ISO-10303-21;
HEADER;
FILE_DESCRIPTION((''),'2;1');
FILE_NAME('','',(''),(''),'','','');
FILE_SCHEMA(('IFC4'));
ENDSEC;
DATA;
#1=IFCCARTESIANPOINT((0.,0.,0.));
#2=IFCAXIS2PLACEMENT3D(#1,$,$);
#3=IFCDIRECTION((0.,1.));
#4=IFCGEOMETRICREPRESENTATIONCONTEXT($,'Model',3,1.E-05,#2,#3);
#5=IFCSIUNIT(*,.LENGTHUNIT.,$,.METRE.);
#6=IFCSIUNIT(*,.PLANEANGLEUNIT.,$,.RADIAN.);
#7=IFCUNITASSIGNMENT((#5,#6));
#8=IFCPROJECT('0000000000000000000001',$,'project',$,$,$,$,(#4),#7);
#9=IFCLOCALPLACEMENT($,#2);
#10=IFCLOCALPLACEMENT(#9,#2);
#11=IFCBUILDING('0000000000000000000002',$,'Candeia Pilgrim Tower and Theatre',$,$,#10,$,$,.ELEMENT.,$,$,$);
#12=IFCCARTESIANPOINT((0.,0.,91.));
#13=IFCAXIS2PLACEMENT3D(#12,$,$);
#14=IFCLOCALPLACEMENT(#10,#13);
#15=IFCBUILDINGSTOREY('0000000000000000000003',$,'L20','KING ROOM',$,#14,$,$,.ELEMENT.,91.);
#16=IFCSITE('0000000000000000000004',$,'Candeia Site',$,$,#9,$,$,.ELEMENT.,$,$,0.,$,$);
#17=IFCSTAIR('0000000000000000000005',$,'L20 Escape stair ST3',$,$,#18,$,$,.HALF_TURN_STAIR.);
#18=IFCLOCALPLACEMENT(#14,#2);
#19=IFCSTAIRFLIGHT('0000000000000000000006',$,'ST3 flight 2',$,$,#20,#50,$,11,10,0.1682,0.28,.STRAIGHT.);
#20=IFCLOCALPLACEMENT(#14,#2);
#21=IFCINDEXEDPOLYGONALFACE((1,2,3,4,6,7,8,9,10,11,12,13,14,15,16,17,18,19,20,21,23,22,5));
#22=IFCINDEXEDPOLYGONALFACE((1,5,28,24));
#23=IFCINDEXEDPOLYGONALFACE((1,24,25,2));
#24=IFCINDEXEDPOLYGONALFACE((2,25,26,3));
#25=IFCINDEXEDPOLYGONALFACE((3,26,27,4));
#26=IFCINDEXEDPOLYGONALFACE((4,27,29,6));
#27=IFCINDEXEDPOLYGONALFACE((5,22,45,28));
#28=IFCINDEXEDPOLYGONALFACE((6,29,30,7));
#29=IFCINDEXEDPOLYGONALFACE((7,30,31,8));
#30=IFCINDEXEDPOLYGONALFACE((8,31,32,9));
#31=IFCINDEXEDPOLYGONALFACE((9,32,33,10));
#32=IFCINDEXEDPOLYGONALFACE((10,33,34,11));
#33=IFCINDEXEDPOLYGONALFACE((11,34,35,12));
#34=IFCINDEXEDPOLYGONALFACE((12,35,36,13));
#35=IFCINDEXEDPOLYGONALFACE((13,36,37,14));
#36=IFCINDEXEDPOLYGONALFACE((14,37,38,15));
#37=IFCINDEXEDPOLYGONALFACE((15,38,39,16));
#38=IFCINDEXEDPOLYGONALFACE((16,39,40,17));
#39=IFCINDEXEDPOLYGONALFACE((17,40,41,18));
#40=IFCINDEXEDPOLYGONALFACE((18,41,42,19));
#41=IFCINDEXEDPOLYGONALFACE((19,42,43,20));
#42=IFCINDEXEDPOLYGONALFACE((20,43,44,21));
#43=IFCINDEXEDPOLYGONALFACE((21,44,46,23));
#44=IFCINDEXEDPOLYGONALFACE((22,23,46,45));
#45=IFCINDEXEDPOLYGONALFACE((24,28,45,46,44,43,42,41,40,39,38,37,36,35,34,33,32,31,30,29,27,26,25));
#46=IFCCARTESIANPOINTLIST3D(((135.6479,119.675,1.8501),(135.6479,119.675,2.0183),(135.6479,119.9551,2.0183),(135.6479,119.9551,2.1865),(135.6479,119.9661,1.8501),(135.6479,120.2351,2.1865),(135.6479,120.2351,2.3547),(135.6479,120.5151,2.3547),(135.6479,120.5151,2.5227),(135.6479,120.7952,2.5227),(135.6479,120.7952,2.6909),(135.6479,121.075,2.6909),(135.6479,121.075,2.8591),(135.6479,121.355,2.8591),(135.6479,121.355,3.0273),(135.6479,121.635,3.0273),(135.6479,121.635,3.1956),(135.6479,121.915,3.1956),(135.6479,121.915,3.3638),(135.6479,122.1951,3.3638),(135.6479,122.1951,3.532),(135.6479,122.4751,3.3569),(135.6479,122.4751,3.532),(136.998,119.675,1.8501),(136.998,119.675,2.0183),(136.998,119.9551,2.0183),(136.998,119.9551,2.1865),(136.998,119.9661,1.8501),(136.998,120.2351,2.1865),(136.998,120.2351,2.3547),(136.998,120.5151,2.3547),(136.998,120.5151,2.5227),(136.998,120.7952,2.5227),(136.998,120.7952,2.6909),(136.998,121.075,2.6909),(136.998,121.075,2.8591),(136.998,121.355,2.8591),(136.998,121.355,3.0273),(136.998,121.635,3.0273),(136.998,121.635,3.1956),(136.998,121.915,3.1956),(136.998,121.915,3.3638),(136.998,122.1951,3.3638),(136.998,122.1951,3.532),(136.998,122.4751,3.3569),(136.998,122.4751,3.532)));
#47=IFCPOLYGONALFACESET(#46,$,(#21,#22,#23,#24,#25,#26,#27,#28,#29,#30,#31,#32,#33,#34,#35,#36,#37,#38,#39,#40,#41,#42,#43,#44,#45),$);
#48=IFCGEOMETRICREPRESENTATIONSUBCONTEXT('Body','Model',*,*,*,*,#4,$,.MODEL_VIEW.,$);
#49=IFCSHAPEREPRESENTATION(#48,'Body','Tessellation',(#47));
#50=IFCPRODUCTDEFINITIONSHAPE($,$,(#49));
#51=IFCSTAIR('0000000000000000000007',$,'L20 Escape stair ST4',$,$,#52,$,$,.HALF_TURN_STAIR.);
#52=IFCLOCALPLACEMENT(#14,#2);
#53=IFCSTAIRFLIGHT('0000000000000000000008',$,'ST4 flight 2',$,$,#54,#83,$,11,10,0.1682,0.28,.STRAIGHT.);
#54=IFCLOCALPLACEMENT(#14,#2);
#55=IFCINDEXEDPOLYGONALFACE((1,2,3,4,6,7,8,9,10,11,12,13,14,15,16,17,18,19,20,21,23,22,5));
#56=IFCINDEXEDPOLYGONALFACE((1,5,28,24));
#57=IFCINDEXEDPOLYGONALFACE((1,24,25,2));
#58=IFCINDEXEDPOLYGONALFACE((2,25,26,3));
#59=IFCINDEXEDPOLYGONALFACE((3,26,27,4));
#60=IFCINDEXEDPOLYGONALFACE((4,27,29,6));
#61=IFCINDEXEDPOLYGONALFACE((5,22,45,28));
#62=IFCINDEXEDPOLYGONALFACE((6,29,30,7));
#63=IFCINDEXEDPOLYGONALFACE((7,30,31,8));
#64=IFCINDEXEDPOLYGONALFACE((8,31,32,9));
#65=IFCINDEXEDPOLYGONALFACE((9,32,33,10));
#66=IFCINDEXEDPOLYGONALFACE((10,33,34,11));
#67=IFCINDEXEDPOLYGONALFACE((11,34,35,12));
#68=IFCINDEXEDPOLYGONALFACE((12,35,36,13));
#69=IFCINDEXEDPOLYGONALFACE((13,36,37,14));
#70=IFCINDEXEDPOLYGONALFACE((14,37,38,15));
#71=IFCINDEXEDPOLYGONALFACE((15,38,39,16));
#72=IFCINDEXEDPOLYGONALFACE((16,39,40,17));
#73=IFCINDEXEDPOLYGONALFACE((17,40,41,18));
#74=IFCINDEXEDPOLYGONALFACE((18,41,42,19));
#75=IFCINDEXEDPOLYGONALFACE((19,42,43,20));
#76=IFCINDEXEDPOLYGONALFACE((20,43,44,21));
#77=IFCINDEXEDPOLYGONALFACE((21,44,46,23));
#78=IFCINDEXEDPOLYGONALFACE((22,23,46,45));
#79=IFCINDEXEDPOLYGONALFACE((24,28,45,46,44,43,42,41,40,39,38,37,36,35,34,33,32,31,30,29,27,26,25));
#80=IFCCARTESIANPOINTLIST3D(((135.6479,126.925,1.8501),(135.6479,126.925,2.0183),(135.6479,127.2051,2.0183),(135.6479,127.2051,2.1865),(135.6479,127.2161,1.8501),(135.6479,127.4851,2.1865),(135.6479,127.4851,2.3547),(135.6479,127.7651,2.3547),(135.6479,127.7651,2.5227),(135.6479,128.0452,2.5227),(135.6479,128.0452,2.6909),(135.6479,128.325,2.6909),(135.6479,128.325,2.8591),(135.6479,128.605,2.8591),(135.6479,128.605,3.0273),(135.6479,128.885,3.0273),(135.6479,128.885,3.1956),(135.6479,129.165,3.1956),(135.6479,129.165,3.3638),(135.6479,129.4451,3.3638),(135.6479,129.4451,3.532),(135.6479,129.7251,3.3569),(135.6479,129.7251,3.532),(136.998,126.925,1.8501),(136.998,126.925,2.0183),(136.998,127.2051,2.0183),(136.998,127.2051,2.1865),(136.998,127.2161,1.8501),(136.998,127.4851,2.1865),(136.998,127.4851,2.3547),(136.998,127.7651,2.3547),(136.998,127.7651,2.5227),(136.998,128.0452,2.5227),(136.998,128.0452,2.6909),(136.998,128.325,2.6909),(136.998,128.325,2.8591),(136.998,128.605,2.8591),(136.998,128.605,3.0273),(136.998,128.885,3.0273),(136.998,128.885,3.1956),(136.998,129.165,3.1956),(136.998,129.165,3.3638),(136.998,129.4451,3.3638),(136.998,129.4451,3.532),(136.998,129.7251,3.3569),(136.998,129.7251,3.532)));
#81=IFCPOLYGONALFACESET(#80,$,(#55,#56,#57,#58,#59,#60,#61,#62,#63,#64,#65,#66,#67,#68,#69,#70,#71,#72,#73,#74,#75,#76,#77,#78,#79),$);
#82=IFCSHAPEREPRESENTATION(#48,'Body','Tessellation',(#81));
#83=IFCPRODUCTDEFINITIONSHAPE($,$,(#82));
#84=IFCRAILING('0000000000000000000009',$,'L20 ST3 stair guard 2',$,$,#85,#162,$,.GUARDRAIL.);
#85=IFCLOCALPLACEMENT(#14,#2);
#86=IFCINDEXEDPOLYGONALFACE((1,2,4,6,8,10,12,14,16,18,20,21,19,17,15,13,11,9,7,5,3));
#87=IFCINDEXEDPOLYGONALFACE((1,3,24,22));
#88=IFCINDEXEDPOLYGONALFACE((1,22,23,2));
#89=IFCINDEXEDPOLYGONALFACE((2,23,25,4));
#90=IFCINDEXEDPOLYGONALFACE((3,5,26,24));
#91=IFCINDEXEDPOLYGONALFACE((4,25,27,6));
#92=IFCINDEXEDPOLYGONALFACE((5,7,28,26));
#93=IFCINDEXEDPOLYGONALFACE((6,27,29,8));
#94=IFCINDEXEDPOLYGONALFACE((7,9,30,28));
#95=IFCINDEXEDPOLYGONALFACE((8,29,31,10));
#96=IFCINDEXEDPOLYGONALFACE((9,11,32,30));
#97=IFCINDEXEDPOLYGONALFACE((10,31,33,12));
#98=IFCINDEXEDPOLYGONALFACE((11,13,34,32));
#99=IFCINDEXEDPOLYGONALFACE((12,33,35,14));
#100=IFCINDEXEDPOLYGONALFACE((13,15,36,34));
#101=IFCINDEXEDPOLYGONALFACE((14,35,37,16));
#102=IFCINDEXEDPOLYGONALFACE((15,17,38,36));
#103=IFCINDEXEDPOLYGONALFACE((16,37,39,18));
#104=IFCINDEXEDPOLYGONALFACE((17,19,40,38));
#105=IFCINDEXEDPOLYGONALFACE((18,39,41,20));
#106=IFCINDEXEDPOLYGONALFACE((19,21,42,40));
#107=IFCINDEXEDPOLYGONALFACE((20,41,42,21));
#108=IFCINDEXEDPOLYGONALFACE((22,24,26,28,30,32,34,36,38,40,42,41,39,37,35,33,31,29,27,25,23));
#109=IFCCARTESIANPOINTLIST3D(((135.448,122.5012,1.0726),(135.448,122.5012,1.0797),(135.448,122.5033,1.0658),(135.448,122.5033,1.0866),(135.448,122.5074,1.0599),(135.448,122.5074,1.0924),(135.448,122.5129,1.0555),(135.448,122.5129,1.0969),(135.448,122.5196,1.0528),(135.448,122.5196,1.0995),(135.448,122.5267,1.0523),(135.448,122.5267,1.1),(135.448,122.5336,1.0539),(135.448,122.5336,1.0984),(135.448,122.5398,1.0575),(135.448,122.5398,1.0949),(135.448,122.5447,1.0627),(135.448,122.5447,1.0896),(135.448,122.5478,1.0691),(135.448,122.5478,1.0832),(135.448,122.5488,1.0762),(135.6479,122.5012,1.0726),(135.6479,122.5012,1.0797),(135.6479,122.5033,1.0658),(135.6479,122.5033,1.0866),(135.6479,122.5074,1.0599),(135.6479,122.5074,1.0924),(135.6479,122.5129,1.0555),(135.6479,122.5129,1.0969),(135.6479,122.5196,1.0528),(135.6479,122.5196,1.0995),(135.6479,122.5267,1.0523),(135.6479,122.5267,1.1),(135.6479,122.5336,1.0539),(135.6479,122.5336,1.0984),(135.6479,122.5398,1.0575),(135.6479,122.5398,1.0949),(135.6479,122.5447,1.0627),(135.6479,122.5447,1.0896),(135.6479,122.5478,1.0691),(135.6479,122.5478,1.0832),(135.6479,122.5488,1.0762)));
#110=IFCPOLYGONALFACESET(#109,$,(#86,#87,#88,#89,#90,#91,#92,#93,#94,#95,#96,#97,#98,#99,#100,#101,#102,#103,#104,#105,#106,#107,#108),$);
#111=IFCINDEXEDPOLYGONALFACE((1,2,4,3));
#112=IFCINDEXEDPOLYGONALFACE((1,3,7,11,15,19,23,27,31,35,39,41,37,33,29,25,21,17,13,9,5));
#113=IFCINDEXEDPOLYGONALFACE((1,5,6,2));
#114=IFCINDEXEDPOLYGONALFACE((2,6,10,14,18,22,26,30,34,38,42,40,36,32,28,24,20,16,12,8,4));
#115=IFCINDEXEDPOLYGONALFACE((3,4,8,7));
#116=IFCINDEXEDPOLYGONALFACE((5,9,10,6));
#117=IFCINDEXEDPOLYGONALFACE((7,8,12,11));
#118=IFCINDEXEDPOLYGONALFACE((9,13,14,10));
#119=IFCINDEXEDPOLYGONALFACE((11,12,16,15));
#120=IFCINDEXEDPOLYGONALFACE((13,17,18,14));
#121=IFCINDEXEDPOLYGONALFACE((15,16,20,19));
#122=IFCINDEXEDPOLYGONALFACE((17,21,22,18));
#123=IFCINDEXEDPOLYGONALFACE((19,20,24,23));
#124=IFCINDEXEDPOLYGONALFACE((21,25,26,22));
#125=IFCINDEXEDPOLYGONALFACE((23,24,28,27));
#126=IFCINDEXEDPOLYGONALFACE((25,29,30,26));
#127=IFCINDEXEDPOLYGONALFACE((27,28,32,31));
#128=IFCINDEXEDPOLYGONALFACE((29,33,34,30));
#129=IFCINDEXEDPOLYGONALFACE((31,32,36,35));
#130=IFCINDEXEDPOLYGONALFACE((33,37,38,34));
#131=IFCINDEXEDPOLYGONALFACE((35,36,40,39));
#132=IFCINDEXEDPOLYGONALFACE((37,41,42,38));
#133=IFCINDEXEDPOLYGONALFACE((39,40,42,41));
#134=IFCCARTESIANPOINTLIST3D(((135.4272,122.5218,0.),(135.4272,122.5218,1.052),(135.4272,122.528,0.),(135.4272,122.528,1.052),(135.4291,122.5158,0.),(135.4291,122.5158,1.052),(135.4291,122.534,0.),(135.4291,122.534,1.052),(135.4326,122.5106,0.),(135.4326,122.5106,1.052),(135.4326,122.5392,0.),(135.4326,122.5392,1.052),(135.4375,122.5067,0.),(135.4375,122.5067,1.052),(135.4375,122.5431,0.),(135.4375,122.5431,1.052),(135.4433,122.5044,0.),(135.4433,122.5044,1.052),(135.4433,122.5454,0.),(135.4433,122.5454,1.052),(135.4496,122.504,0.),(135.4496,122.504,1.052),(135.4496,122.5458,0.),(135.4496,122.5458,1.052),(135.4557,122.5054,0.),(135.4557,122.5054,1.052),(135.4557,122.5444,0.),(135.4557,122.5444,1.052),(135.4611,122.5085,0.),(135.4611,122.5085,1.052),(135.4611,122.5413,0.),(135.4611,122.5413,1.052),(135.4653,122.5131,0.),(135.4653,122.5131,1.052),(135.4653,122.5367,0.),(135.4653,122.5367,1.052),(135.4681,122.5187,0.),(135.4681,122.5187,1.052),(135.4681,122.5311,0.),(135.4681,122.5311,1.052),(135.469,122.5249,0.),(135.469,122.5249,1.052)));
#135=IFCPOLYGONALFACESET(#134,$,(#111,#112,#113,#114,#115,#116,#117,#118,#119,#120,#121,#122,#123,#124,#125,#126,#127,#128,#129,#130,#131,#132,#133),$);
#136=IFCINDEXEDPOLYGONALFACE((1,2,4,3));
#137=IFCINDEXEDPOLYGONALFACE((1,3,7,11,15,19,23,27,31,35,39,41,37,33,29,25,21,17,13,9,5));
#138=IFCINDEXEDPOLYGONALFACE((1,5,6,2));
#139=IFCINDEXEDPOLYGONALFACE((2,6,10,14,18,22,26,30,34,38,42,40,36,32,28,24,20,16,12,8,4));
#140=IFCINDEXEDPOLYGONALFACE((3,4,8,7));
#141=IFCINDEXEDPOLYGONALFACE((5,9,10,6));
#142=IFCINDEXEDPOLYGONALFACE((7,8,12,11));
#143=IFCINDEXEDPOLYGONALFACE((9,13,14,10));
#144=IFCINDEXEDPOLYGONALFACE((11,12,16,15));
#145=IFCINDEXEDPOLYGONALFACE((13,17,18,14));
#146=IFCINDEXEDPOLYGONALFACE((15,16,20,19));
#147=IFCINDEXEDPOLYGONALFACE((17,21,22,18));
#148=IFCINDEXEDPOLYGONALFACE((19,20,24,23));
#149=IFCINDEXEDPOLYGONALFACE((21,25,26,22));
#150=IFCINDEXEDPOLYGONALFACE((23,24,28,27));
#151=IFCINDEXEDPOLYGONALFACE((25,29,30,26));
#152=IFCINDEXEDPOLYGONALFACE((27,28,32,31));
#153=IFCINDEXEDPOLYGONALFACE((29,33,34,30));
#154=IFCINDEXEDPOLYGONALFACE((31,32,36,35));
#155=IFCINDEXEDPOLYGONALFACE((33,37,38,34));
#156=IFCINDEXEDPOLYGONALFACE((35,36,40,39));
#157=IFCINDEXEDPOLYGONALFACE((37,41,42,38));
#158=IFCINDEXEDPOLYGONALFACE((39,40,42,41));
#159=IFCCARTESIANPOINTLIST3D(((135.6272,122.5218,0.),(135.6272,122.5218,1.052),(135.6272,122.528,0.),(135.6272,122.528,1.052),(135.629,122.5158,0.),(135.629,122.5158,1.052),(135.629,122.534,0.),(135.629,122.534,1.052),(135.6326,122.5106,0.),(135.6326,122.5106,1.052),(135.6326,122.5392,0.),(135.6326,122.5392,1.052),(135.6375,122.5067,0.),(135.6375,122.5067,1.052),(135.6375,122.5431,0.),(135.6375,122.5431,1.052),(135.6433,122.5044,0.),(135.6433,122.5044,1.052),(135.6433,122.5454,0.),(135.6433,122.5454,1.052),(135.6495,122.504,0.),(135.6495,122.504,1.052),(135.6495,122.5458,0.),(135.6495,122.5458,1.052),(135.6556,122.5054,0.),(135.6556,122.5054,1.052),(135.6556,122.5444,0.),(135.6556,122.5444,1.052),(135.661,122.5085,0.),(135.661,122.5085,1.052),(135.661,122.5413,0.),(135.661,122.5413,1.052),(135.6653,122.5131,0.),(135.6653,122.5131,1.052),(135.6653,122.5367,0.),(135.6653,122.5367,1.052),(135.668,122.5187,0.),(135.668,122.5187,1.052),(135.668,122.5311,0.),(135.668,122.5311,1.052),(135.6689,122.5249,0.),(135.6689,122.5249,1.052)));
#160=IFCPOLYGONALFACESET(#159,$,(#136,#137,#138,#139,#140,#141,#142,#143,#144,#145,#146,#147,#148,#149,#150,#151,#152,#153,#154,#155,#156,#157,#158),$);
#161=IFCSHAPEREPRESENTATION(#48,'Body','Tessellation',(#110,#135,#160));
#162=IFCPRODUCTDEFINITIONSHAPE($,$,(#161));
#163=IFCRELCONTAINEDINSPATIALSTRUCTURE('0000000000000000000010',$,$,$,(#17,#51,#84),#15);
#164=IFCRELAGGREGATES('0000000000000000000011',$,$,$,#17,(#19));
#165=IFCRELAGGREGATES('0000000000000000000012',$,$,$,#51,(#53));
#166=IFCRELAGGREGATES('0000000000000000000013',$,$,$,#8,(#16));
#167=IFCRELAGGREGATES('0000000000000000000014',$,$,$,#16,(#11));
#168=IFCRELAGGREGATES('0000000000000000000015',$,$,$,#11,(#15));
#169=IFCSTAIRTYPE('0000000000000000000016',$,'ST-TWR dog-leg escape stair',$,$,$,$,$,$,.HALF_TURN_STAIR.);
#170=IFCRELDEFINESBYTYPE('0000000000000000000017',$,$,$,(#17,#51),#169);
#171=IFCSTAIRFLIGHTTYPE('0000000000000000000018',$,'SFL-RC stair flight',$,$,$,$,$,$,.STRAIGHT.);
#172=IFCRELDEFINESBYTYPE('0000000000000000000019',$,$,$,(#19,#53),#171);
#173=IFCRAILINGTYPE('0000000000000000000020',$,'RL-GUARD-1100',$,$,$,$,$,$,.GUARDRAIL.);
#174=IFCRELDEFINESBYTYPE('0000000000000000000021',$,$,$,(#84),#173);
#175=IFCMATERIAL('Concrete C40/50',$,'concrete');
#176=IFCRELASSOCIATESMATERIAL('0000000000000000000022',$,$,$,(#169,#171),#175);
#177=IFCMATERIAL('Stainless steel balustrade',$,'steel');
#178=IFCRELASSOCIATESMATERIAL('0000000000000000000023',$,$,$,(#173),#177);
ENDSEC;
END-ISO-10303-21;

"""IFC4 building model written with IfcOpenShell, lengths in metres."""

from ifc_helpers import new_model, si_unit, direction, frame, origin, origin_2d, place, context, subcontext, project, spatial, polyline, circle, outline, extrude, material, type_object, element, aggregate, save


model = new_model("IFC4")

# Units and contexts
model_context = context("Model", 3, precision=1e-05, world=origin(), true_north=direction((0.0, 1.0)))
body_context = subcontext(model_context, "Body", "Model", "MODEL_VIEW")
ifc_project = project(units=[si_unit("LENGTHUNIT", "METRE"), si_unit("PLANEANGLEUNIT", "RADIAN")], contexts=[model_context])

# Site, building, storey
site_placement = place(None, origin())
site = spatial("IfcSite", under=ifc_project, at=site_placement, Name="Candeia Site", CompositionType="ELEMENT", RefElevation=0.0)
building_placement = place(site_placement, origin())
building = spatial("IfcBuilding", under=site, at=building_placement, Name="Candeia Pilgrim Tower and Theatre", CompositionType="ELEMENT")
storey_placement = place(building_placement, frame((0.0, 0.0, 91.0)))
storey = spatial("IfcBuildingStorey", under=building, at=storey_placement, Name="L20", Description="KING ROOM", CompositionType="ELEMENT", Elevation=91.0)

# Shared definitions
ifc_material_1 = material(Name="Concrete C40/50", Category="concrete")

# Stair, stair flight
stair_type = type_object("IfcStairType", Name="ST-TWR dog-leg escape stair", PredefinedType="HALF_TURN_STAIR", material=ifc_material_1)
stair_1_placement = place(storey_placement, origin())
stair_1 = element("IfcStair", 1, at=stair_1_placement, inside=storey, type_object=stair_type, Name="L20 Escape stair ST3", PredefinedType="HALF_TURN_STAIR")
stair_flight_type = type_object("IfcStairFlightType", Name="SFL-RC stair flight", PredefinedType="STRAIGHT", material=ifc_material_1)
stair_flight_1_placement = place(storey_placement, frame((136.323, 119.675, 1.8501), z_axis=(0.0, 0.0, 1.0), x_axis=(0.0, 1.0, 0.0)))
stair_flight_1 = element("IfcStairFlight", 2, at=stair_flight_1_placement, type_object=stair_flight_type, Name="ST3 flight 2", NumberOfRisers=11, NumberOfTreads=10, PredefinedType="STRAIGHT", RiserHeight=0.1682, TreadLength=0.28, context=body_context, shape_type="SweptSolid", body=[
    extrude(outline(polyline([(0.0, 0.0), (0.0, 0.1682), (0.28, 0.1682), (0.28, 0.3364), (0.5601, 0.3364), (0.5601, 0.5046), (0.8401, 0.5046), (0.8401, 0.6726), (1.1201, 0.6726), (1.1201, 0.8408), (1.3999, 0.8408), (1.3999, 1.009), (1.6799, 1.009), (1.6799, 1.1772), (1.96, 1.1772), (1.96, 1.3455), (2.24, 1.3455), (2.24, 1.5137), (2.52, 1.5137), (2.52, 1.6819), (2.8, 1.6819), (2.8, 1.8501), (2.8, 1.5068), (0.291, 0.0), (0.0, 0.0)])), frame((0.0, 0.675, 0.0), z_axis=(0.0, -1.0, 0.0), x_axis=(1.0, 0.0, 0.0)), (0.0, 0.0, 1.0), 1.3501),
])
aggregate(stair_1, [stair_flight_1])

# Stair, stair flight
stair_2_placement = place(storey_placement, origin())
stair_2 = element("IfcStair", 3, at=stair_2_placement, inside=storey, type_object=stair_type, Name="L20 Escape stair ST4", PredefinedType="HALF_TURN_STAIR")
stair_flight_2_placement = place(storey_placement, frame((136.323, 126.925, 1.8501), z_axis=(0.0, 0.0, 1.0), x_axis=(0.0, 1.0, 0.0)))
stair_flight_2 = element("IfcStairFlight", 4, at=stair_flight_2_placement, type_object=stair_flight_type, Name="ST4 flight 2", NumberOfRisers=11, NumberOfTreads=10, PredefinedType="STRAIGHT", RiserHeight=0.1682, TreadLength=0.28, context=body_context, shape_type="SweptSolid", body=[
    extrude(outline(polyline([(0.0, 0.0), (0.0, 0.1682), (0.28, 0.1682), (0.28, 0.3364), (0.5601, 0.3364), (0.5601, 0.5046), (0.8401, 0.5046), (0.8401, 0.6726), (1.1201, 0.6726), (1.1201, 0.8408), (1.3999, 0.8408), (1.3999, 1.009), (1.6799, 1.009), (1.6799, 1.1772), (1.96, 1.1772), (1.96, 1.3455), (2.24, 1.3455), (2.24, 1.5137), (2.52, 1.5137), (2.52, 1.6819), (2.8, 1.6819), (2.8, 1.8501), (2.8, 1.5068), (0.291, 0.0), (0.0, 0.0)])), frame((0.0, 0.675, 0.0), z_axis=(0.0, -1.0, 0.0), x_axis=(1.0, 0.0, 0.0)), (0.0, 0.0, 1.0), 1.3501),
])
aggregate(stair_2, [stair_flight_2])

# Railing
ifc_material_2 = material(Name="Stainless steel balustrade", Category="steel")
railing_type_1 = type_object("IfcRailingType", Name="RL-GUARD-1100", PredefinedType="GUARDRAIL", material=ifc_material_2)
railing_1_placement = place(storey_placement, frame((135.448, 122.5249, 0.0)))
element("IfcRailing", 5, at=railing_1_placement, inside=storey, type_object=railing_type_1, Name="L20 ST3 stair guard 2", PredefinedType="GUARDRAIL", context=body_context, shape_type="SweptSolid", body=[
    extrude(circle(Radius=0.0239, at=origin_2d()), frame((0.0, 0.0, 1.0762), z_axis=(1.0, 0.0, 0.0), x_axis=(0.0, 1.0, 0.0)), (0.0, 0.0, 1.0), 0.2),
    extrude(circle(Radius=0.021, at=origin_2d()), origin(), (0.0, 0.0, 1.0), 1.052),
    extrude(circle(Radius=0.021, at=origin_2d()), frame((0.2, 0.0, 0.0)), (0.0, 0.0, 1.0), 1.052),
])

save(model, "model.ifc")
